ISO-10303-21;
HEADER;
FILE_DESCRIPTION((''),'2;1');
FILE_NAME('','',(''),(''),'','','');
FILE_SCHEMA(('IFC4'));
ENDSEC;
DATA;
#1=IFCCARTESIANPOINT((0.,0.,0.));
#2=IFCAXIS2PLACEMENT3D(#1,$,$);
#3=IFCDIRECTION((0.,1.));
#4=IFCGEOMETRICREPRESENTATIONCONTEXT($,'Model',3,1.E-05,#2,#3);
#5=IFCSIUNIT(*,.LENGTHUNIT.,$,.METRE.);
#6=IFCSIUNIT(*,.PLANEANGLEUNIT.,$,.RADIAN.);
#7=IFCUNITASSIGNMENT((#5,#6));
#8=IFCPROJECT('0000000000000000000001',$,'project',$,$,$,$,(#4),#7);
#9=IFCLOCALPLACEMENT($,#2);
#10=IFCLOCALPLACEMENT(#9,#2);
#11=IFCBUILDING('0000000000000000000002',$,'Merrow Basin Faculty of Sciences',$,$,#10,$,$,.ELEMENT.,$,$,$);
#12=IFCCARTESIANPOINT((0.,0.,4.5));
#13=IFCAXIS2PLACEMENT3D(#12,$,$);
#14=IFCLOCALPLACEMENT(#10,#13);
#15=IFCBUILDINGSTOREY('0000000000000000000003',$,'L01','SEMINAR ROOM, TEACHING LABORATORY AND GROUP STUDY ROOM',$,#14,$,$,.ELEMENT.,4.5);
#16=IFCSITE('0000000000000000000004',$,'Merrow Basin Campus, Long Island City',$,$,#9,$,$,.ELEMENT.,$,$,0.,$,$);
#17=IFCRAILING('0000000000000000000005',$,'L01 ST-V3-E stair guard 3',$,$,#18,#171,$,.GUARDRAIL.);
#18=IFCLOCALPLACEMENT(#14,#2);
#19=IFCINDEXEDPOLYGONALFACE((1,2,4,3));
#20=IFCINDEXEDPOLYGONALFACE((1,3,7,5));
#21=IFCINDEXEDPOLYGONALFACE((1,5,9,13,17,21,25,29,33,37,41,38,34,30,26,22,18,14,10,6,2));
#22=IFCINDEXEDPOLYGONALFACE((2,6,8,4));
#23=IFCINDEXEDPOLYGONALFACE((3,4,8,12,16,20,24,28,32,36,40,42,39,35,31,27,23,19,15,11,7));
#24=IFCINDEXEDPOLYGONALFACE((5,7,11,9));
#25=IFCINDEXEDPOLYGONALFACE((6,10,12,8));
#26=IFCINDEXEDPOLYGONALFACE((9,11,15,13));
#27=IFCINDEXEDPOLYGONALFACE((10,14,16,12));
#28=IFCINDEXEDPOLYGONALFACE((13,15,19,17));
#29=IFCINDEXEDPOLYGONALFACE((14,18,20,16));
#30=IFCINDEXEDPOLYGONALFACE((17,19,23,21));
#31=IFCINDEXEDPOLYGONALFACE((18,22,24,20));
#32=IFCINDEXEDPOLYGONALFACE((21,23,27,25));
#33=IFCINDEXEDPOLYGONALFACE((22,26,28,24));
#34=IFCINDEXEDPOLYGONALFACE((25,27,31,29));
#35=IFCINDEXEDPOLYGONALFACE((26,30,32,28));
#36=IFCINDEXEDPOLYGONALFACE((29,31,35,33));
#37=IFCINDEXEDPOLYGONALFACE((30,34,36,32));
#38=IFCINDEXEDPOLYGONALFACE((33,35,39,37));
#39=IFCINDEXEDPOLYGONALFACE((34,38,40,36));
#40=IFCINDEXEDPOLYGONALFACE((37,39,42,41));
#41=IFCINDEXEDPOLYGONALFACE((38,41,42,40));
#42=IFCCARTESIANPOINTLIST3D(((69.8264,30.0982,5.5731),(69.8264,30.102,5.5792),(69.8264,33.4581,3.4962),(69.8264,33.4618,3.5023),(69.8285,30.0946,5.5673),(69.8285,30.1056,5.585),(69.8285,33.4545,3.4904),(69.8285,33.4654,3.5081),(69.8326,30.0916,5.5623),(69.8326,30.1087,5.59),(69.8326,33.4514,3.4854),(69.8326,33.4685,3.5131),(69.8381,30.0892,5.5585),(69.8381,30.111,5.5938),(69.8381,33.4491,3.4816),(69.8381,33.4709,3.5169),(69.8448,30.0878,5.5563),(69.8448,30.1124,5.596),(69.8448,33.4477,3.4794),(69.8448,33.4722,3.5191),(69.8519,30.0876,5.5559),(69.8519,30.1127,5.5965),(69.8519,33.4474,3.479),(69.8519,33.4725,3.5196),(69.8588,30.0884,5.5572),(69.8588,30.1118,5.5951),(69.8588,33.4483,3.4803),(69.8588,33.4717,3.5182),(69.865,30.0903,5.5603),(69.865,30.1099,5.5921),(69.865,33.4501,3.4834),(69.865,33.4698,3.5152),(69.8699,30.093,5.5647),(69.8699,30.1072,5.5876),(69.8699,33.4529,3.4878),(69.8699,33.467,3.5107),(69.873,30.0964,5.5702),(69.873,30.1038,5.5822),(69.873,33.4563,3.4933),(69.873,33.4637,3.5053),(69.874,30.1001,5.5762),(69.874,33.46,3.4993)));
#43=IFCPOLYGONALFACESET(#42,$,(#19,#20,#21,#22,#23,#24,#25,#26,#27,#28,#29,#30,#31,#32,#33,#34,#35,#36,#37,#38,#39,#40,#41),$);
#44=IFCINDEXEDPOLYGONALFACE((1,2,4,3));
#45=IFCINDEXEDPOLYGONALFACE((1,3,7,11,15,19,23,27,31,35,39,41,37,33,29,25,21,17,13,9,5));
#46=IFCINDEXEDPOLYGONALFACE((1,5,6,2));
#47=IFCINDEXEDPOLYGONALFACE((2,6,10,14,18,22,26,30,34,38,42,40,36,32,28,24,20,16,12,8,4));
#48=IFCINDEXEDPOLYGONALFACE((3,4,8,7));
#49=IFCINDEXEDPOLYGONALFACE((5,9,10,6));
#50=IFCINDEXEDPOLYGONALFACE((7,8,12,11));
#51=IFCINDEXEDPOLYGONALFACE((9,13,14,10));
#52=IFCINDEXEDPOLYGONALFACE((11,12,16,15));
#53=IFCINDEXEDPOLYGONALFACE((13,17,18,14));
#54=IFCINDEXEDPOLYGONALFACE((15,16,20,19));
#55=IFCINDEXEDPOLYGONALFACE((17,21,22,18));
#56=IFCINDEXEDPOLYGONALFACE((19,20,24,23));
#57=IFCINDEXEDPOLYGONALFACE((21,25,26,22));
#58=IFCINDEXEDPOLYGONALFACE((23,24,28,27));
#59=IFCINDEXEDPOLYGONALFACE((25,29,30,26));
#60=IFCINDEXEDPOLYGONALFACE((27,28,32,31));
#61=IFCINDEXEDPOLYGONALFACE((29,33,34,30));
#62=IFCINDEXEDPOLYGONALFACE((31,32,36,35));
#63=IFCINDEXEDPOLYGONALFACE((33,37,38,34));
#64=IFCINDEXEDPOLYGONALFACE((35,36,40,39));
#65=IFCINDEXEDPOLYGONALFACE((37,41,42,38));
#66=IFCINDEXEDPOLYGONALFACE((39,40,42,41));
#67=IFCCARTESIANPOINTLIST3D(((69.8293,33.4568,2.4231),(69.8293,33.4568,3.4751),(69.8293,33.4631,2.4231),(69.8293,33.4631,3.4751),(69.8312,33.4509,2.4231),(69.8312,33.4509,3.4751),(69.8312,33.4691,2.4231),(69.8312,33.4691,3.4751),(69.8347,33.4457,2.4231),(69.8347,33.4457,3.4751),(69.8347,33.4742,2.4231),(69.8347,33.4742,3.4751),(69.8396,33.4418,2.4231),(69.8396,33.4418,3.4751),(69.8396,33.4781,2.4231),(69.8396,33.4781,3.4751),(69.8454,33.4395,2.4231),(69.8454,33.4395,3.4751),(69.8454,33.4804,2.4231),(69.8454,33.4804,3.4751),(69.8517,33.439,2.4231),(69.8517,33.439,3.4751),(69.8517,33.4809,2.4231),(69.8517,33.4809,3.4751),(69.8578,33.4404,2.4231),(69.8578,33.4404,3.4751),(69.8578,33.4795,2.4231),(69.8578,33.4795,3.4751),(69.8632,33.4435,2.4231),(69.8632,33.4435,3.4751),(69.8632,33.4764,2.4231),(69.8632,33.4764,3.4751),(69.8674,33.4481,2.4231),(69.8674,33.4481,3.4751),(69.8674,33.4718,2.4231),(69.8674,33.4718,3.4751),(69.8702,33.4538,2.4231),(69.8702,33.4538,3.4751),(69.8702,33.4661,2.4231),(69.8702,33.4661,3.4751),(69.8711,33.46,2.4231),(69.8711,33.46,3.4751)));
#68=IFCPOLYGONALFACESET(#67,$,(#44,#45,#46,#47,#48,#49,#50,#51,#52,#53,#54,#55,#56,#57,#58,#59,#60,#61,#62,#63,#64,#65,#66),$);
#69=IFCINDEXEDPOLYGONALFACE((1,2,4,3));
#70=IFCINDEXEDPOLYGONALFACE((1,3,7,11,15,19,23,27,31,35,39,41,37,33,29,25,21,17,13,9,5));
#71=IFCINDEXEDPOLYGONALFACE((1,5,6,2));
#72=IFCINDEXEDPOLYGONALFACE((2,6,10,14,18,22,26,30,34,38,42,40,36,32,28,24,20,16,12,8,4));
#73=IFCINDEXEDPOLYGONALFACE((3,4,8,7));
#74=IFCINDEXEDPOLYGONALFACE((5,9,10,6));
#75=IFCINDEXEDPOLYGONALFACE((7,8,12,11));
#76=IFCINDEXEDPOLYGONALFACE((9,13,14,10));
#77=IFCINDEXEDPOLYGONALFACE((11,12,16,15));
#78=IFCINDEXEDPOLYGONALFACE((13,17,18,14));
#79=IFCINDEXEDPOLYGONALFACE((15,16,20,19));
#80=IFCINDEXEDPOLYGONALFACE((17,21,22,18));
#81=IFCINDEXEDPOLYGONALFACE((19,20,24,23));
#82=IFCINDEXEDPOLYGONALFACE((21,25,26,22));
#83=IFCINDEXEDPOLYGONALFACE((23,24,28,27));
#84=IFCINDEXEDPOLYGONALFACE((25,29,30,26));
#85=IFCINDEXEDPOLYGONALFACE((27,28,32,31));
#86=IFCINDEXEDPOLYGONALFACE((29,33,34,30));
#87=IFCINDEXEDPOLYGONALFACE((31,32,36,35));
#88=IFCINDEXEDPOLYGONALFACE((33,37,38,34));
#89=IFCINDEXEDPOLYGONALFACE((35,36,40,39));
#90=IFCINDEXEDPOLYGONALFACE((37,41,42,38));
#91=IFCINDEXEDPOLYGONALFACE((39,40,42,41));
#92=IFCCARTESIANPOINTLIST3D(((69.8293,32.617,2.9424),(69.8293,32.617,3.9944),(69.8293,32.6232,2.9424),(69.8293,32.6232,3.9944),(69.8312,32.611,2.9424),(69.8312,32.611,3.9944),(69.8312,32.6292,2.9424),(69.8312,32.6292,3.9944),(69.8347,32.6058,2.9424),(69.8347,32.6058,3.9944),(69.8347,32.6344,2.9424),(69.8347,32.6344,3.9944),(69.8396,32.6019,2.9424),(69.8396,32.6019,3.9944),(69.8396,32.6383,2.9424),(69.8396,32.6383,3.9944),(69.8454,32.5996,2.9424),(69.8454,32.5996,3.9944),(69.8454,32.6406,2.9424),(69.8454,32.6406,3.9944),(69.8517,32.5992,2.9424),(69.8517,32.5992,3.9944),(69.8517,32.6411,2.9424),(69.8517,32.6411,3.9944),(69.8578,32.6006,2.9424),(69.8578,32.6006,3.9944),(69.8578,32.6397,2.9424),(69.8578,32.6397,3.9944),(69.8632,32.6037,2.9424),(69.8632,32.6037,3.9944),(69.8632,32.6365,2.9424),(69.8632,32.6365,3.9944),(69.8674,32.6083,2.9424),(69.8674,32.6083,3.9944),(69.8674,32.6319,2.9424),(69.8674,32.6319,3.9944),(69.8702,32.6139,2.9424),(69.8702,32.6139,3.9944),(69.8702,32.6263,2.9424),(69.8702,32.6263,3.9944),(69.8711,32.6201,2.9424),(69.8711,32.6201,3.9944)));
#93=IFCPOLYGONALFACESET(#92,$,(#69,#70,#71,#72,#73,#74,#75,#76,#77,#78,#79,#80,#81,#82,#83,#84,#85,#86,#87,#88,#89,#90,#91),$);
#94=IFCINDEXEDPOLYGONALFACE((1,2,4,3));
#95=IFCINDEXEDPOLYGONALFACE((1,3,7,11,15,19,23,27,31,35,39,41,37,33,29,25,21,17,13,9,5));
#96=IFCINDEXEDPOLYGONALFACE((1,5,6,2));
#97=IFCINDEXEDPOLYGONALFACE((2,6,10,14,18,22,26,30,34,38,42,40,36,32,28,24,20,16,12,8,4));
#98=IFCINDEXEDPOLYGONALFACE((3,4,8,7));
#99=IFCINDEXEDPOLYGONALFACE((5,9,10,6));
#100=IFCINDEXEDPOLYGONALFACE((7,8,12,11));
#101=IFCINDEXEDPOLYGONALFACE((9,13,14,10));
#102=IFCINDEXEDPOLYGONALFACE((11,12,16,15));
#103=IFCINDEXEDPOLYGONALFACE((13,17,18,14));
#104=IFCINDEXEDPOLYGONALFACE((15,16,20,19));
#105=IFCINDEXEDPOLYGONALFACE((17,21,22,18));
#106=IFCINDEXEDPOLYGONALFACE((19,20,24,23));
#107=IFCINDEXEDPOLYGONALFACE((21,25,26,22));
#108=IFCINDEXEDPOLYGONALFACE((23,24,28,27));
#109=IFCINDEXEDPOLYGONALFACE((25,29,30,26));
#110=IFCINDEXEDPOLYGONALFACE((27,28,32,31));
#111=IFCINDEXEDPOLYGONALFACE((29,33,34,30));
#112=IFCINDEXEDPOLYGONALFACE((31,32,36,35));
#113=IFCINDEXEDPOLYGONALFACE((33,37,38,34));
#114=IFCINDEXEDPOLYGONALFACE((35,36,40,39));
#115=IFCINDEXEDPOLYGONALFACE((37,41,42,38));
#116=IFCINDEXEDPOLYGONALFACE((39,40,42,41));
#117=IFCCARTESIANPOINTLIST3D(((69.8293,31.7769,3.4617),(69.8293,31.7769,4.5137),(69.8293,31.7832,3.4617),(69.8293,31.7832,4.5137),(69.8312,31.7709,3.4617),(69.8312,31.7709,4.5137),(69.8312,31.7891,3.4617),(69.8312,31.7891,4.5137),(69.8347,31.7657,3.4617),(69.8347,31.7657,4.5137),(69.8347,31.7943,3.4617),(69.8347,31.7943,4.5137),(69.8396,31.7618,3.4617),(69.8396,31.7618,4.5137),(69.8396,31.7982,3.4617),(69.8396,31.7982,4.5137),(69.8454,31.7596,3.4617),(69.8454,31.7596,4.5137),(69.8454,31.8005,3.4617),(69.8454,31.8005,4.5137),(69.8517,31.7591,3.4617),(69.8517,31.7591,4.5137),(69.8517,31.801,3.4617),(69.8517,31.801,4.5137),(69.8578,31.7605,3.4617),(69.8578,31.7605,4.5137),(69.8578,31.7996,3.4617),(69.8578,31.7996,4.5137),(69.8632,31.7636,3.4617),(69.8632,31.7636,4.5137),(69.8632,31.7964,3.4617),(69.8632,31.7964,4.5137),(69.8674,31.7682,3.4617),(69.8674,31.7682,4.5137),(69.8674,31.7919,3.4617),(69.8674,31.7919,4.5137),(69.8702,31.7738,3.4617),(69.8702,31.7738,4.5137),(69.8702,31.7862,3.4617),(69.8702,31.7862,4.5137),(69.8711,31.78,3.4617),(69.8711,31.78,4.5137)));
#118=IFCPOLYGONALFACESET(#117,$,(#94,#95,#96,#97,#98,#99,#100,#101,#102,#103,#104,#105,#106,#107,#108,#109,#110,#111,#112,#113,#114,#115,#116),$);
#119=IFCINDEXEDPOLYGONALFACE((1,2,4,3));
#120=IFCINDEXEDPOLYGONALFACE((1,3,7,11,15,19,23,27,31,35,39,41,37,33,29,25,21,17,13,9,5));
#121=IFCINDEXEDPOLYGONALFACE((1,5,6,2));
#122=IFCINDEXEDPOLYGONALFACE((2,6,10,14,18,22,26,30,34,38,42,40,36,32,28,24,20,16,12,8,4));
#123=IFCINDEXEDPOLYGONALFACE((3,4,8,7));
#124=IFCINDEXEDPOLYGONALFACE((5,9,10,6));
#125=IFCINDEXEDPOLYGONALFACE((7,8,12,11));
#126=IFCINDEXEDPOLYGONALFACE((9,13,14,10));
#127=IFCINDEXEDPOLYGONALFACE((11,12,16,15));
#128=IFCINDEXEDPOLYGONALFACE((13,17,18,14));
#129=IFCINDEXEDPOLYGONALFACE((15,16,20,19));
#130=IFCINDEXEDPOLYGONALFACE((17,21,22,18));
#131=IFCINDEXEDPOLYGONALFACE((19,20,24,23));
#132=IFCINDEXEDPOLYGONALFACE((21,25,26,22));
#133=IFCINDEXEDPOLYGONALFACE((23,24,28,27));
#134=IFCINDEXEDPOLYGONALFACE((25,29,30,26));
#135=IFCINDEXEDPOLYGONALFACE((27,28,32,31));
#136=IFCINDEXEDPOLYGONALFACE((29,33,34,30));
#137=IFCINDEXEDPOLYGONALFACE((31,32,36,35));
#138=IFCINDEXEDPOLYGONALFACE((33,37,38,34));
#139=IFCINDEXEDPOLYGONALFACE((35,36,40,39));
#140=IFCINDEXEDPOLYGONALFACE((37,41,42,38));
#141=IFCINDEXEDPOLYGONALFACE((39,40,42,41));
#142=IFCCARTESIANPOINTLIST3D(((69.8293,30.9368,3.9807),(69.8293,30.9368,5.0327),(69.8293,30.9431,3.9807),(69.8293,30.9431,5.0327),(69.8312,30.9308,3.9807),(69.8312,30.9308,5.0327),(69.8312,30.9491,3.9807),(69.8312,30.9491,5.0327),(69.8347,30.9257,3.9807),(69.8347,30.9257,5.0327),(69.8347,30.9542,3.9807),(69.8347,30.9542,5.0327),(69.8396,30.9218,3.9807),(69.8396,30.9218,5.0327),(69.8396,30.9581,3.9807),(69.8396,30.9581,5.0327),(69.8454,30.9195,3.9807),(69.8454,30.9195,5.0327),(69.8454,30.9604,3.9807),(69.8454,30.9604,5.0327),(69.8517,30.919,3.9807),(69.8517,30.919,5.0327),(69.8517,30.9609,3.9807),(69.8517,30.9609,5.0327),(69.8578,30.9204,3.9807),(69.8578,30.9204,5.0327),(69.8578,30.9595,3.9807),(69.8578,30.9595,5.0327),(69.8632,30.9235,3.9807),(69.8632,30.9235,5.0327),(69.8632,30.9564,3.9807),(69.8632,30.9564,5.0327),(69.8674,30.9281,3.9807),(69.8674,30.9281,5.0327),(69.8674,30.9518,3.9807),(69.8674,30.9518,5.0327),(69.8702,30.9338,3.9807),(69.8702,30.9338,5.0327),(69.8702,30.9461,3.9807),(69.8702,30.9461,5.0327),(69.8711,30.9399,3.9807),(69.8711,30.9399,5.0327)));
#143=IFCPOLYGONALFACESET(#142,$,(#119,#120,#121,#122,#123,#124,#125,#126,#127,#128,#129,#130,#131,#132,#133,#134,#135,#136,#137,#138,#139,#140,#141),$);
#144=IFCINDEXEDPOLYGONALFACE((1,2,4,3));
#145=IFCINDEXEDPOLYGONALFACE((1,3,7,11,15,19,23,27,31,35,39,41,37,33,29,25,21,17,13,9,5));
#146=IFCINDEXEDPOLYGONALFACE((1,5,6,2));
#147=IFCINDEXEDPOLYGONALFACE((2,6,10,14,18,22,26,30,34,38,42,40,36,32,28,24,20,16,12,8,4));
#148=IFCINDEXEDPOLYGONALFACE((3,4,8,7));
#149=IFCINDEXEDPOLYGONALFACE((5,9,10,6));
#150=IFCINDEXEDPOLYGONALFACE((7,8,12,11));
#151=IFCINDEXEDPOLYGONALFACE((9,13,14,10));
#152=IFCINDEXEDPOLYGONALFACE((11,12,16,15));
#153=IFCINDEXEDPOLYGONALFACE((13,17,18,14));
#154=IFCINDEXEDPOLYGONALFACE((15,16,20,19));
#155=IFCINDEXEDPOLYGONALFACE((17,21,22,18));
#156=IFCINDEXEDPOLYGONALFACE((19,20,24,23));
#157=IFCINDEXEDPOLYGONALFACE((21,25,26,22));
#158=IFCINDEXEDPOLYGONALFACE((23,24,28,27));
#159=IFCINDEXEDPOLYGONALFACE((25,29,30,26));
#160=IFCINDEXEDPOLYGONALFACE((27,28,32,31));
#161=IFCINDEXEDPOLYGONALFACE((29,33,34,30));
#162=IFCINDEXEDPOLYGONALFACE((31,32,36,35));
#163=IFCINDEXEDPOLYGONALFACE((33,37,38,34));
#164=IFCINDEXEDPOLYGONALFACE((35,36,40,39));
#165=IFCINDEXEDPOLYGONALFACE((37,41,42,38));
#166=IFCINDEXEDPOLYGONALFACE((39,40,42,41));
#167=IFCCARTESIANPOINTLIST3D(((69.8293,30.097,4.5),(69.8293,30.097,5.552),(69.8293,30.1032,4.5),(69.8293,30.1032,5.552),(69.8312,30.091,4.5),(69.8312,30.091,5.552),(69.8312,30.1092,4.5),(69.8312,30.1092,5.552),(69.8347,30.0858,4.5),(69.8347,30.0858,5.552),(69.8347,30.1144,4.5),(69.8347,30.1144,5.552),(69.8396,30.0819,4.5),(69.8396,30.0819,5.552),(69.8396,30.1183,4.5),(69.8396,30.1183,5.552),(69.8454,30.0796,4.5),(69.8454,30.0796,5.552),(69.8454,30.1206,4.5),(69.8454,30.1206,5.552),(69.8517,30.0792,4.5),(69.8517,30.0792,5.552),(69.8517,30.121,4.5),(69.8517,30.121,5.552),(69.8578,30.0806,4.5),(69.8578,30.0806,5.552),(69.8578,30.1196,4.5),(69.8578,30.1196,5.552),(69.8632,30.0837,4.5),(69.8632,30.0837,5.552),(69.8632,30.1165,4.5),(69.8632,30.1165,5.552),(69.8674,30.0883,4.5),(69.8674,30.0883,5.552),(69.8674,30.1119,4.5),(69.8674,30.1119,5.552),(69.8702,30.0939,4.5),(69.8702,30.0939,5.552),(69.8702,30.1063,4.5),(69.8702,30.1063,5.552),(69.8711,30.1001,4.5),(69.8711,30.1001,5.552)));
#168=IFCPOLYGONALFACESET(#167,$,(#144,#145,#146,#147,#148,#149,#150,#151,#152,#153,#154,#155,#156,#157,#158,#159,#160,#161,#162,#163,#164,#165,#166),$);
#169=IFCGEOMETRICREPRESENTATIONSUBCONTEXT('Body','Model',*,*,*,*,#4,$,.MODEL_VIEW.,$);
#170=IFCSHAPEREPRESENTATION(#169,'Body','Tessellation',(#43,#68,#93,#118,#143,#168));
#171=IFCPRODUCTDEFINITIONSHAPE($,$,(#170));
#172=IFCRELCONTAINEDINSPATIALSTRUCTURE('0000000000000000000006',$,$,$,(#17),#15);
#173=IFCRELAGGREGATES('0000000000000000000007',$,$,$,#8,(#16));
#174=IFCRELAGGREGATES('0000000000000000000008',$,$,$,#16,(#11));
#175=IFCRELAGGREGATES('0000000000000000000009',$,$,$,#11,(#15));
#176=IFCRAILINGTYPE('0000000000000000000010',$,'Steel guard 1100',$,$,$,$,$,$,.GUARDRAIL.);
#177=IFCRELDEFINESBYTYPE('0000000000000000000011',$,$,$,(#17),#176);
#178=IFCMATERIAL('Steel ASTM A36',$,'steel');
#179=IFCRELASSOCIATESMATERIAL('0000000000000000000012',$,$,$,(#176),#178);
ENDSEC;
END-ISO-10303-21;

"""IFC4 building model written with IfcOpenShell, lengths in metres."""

from ifc_helpers import new_model, si_unit, direction, frame, origin, origin_2d, place, context, subcontext, project, spatial, circle, extrude, material, type_object, element, save


model = new_model("IFC4")

# Units and contexts
model_context = context("Model", 3, precision=1e-05, world=origin(), true_north=direction((0.0, 1.0)))
body_context = subcontext(model_context, "Body", "Model", "MODEL_VIEW")
ifc_project = project(units=[si_unit("LENGTHUNIT", "METRE"), si_unit("PLANEANGLEUNIT", "RADIAN")], contexts=[model_context])

# Site, building, storey
site_placement = place(None, origin())
site = spatial("IfcSite", under=ifc_project, at=site_placement, Name="Merrow Basin Campus, Long Island City", CompositionType="ELEMENT", RefElevation=0.0)
building_placement = place(site_placement, origin())
building = spatial("IfcBuilding", under=site, at=building_placement, Name="Merrow Basin Faculty of Sciences", CompositionType="ELEMENT")
storey_placement = place(building_placement, frame((0.0, 0.0, 4.5)))
storey = spatial("IfcBuildingStorey", under=building, at=storey_placement, Name="L01", Description="SEMINAR ROOM, TEACHING LABORATORY AND GROUP STUDY ROOM", CompositionType="ELEMENT", Elevation=4.5)

# Railing
ifc_material_1 = material(Name="Steel ASTM A36", Category="steel")
railing_type_1 = type_object("IfcRailingType", Name="Steel guard 1100", PredefinedType="GUARDRAIL", material=ifc_material_1)
railing_1_placement = place(storey_placement, frame((69.8501, 33.46, 2.4231)))
element("IfcRailing", 1, at=railing_1_placement, inside=storey, type_object=railing_type_1, Name="L01 ST-V3-E stair guard 3", PredefinedType="GUARDRAIL", context=body_context, shape_type="SweptSolid", body=[
    extrude(circle(Radius=0.0239, at=origin_2d()), frame((0.0, 0.0, 1.0762), z_axis=(0.0, -0.850606, 0.525803), x_axis=(1.0, 0.0, 0.0)), (0.0, 0.0, 1.0), 3.95),
    extrude(circle(Radius=0.021, at=origin_2d()), origin(), (0.0, 0.0, 1.0), 1.052),
    extrude(circle(Radius=0.021, at=origin_2d()), frame((0.0, -0.8398, 0.5193)), (0.0, 0.0, 1.0), 1.052),
    extrude(circle(Radius=0.021, at=origin_2d()), frame((0.0, -1.6799, 1.0386)), (0.0, 0.0, 1.0), 1.052),
    extrude(circle(Radius=0.021, at=origin_2d()), frame((0.0, -2.52, 1.5576)), (0.0, 0.0, 1.0), 1.052),
    extrude(circle(Radius=0.021, at=origin_2d()), frame((0.0, -3.3599, 2.0769)), (0.0, 0.0, 1.0), 1.052),
])

save(model, "model.ifc")
